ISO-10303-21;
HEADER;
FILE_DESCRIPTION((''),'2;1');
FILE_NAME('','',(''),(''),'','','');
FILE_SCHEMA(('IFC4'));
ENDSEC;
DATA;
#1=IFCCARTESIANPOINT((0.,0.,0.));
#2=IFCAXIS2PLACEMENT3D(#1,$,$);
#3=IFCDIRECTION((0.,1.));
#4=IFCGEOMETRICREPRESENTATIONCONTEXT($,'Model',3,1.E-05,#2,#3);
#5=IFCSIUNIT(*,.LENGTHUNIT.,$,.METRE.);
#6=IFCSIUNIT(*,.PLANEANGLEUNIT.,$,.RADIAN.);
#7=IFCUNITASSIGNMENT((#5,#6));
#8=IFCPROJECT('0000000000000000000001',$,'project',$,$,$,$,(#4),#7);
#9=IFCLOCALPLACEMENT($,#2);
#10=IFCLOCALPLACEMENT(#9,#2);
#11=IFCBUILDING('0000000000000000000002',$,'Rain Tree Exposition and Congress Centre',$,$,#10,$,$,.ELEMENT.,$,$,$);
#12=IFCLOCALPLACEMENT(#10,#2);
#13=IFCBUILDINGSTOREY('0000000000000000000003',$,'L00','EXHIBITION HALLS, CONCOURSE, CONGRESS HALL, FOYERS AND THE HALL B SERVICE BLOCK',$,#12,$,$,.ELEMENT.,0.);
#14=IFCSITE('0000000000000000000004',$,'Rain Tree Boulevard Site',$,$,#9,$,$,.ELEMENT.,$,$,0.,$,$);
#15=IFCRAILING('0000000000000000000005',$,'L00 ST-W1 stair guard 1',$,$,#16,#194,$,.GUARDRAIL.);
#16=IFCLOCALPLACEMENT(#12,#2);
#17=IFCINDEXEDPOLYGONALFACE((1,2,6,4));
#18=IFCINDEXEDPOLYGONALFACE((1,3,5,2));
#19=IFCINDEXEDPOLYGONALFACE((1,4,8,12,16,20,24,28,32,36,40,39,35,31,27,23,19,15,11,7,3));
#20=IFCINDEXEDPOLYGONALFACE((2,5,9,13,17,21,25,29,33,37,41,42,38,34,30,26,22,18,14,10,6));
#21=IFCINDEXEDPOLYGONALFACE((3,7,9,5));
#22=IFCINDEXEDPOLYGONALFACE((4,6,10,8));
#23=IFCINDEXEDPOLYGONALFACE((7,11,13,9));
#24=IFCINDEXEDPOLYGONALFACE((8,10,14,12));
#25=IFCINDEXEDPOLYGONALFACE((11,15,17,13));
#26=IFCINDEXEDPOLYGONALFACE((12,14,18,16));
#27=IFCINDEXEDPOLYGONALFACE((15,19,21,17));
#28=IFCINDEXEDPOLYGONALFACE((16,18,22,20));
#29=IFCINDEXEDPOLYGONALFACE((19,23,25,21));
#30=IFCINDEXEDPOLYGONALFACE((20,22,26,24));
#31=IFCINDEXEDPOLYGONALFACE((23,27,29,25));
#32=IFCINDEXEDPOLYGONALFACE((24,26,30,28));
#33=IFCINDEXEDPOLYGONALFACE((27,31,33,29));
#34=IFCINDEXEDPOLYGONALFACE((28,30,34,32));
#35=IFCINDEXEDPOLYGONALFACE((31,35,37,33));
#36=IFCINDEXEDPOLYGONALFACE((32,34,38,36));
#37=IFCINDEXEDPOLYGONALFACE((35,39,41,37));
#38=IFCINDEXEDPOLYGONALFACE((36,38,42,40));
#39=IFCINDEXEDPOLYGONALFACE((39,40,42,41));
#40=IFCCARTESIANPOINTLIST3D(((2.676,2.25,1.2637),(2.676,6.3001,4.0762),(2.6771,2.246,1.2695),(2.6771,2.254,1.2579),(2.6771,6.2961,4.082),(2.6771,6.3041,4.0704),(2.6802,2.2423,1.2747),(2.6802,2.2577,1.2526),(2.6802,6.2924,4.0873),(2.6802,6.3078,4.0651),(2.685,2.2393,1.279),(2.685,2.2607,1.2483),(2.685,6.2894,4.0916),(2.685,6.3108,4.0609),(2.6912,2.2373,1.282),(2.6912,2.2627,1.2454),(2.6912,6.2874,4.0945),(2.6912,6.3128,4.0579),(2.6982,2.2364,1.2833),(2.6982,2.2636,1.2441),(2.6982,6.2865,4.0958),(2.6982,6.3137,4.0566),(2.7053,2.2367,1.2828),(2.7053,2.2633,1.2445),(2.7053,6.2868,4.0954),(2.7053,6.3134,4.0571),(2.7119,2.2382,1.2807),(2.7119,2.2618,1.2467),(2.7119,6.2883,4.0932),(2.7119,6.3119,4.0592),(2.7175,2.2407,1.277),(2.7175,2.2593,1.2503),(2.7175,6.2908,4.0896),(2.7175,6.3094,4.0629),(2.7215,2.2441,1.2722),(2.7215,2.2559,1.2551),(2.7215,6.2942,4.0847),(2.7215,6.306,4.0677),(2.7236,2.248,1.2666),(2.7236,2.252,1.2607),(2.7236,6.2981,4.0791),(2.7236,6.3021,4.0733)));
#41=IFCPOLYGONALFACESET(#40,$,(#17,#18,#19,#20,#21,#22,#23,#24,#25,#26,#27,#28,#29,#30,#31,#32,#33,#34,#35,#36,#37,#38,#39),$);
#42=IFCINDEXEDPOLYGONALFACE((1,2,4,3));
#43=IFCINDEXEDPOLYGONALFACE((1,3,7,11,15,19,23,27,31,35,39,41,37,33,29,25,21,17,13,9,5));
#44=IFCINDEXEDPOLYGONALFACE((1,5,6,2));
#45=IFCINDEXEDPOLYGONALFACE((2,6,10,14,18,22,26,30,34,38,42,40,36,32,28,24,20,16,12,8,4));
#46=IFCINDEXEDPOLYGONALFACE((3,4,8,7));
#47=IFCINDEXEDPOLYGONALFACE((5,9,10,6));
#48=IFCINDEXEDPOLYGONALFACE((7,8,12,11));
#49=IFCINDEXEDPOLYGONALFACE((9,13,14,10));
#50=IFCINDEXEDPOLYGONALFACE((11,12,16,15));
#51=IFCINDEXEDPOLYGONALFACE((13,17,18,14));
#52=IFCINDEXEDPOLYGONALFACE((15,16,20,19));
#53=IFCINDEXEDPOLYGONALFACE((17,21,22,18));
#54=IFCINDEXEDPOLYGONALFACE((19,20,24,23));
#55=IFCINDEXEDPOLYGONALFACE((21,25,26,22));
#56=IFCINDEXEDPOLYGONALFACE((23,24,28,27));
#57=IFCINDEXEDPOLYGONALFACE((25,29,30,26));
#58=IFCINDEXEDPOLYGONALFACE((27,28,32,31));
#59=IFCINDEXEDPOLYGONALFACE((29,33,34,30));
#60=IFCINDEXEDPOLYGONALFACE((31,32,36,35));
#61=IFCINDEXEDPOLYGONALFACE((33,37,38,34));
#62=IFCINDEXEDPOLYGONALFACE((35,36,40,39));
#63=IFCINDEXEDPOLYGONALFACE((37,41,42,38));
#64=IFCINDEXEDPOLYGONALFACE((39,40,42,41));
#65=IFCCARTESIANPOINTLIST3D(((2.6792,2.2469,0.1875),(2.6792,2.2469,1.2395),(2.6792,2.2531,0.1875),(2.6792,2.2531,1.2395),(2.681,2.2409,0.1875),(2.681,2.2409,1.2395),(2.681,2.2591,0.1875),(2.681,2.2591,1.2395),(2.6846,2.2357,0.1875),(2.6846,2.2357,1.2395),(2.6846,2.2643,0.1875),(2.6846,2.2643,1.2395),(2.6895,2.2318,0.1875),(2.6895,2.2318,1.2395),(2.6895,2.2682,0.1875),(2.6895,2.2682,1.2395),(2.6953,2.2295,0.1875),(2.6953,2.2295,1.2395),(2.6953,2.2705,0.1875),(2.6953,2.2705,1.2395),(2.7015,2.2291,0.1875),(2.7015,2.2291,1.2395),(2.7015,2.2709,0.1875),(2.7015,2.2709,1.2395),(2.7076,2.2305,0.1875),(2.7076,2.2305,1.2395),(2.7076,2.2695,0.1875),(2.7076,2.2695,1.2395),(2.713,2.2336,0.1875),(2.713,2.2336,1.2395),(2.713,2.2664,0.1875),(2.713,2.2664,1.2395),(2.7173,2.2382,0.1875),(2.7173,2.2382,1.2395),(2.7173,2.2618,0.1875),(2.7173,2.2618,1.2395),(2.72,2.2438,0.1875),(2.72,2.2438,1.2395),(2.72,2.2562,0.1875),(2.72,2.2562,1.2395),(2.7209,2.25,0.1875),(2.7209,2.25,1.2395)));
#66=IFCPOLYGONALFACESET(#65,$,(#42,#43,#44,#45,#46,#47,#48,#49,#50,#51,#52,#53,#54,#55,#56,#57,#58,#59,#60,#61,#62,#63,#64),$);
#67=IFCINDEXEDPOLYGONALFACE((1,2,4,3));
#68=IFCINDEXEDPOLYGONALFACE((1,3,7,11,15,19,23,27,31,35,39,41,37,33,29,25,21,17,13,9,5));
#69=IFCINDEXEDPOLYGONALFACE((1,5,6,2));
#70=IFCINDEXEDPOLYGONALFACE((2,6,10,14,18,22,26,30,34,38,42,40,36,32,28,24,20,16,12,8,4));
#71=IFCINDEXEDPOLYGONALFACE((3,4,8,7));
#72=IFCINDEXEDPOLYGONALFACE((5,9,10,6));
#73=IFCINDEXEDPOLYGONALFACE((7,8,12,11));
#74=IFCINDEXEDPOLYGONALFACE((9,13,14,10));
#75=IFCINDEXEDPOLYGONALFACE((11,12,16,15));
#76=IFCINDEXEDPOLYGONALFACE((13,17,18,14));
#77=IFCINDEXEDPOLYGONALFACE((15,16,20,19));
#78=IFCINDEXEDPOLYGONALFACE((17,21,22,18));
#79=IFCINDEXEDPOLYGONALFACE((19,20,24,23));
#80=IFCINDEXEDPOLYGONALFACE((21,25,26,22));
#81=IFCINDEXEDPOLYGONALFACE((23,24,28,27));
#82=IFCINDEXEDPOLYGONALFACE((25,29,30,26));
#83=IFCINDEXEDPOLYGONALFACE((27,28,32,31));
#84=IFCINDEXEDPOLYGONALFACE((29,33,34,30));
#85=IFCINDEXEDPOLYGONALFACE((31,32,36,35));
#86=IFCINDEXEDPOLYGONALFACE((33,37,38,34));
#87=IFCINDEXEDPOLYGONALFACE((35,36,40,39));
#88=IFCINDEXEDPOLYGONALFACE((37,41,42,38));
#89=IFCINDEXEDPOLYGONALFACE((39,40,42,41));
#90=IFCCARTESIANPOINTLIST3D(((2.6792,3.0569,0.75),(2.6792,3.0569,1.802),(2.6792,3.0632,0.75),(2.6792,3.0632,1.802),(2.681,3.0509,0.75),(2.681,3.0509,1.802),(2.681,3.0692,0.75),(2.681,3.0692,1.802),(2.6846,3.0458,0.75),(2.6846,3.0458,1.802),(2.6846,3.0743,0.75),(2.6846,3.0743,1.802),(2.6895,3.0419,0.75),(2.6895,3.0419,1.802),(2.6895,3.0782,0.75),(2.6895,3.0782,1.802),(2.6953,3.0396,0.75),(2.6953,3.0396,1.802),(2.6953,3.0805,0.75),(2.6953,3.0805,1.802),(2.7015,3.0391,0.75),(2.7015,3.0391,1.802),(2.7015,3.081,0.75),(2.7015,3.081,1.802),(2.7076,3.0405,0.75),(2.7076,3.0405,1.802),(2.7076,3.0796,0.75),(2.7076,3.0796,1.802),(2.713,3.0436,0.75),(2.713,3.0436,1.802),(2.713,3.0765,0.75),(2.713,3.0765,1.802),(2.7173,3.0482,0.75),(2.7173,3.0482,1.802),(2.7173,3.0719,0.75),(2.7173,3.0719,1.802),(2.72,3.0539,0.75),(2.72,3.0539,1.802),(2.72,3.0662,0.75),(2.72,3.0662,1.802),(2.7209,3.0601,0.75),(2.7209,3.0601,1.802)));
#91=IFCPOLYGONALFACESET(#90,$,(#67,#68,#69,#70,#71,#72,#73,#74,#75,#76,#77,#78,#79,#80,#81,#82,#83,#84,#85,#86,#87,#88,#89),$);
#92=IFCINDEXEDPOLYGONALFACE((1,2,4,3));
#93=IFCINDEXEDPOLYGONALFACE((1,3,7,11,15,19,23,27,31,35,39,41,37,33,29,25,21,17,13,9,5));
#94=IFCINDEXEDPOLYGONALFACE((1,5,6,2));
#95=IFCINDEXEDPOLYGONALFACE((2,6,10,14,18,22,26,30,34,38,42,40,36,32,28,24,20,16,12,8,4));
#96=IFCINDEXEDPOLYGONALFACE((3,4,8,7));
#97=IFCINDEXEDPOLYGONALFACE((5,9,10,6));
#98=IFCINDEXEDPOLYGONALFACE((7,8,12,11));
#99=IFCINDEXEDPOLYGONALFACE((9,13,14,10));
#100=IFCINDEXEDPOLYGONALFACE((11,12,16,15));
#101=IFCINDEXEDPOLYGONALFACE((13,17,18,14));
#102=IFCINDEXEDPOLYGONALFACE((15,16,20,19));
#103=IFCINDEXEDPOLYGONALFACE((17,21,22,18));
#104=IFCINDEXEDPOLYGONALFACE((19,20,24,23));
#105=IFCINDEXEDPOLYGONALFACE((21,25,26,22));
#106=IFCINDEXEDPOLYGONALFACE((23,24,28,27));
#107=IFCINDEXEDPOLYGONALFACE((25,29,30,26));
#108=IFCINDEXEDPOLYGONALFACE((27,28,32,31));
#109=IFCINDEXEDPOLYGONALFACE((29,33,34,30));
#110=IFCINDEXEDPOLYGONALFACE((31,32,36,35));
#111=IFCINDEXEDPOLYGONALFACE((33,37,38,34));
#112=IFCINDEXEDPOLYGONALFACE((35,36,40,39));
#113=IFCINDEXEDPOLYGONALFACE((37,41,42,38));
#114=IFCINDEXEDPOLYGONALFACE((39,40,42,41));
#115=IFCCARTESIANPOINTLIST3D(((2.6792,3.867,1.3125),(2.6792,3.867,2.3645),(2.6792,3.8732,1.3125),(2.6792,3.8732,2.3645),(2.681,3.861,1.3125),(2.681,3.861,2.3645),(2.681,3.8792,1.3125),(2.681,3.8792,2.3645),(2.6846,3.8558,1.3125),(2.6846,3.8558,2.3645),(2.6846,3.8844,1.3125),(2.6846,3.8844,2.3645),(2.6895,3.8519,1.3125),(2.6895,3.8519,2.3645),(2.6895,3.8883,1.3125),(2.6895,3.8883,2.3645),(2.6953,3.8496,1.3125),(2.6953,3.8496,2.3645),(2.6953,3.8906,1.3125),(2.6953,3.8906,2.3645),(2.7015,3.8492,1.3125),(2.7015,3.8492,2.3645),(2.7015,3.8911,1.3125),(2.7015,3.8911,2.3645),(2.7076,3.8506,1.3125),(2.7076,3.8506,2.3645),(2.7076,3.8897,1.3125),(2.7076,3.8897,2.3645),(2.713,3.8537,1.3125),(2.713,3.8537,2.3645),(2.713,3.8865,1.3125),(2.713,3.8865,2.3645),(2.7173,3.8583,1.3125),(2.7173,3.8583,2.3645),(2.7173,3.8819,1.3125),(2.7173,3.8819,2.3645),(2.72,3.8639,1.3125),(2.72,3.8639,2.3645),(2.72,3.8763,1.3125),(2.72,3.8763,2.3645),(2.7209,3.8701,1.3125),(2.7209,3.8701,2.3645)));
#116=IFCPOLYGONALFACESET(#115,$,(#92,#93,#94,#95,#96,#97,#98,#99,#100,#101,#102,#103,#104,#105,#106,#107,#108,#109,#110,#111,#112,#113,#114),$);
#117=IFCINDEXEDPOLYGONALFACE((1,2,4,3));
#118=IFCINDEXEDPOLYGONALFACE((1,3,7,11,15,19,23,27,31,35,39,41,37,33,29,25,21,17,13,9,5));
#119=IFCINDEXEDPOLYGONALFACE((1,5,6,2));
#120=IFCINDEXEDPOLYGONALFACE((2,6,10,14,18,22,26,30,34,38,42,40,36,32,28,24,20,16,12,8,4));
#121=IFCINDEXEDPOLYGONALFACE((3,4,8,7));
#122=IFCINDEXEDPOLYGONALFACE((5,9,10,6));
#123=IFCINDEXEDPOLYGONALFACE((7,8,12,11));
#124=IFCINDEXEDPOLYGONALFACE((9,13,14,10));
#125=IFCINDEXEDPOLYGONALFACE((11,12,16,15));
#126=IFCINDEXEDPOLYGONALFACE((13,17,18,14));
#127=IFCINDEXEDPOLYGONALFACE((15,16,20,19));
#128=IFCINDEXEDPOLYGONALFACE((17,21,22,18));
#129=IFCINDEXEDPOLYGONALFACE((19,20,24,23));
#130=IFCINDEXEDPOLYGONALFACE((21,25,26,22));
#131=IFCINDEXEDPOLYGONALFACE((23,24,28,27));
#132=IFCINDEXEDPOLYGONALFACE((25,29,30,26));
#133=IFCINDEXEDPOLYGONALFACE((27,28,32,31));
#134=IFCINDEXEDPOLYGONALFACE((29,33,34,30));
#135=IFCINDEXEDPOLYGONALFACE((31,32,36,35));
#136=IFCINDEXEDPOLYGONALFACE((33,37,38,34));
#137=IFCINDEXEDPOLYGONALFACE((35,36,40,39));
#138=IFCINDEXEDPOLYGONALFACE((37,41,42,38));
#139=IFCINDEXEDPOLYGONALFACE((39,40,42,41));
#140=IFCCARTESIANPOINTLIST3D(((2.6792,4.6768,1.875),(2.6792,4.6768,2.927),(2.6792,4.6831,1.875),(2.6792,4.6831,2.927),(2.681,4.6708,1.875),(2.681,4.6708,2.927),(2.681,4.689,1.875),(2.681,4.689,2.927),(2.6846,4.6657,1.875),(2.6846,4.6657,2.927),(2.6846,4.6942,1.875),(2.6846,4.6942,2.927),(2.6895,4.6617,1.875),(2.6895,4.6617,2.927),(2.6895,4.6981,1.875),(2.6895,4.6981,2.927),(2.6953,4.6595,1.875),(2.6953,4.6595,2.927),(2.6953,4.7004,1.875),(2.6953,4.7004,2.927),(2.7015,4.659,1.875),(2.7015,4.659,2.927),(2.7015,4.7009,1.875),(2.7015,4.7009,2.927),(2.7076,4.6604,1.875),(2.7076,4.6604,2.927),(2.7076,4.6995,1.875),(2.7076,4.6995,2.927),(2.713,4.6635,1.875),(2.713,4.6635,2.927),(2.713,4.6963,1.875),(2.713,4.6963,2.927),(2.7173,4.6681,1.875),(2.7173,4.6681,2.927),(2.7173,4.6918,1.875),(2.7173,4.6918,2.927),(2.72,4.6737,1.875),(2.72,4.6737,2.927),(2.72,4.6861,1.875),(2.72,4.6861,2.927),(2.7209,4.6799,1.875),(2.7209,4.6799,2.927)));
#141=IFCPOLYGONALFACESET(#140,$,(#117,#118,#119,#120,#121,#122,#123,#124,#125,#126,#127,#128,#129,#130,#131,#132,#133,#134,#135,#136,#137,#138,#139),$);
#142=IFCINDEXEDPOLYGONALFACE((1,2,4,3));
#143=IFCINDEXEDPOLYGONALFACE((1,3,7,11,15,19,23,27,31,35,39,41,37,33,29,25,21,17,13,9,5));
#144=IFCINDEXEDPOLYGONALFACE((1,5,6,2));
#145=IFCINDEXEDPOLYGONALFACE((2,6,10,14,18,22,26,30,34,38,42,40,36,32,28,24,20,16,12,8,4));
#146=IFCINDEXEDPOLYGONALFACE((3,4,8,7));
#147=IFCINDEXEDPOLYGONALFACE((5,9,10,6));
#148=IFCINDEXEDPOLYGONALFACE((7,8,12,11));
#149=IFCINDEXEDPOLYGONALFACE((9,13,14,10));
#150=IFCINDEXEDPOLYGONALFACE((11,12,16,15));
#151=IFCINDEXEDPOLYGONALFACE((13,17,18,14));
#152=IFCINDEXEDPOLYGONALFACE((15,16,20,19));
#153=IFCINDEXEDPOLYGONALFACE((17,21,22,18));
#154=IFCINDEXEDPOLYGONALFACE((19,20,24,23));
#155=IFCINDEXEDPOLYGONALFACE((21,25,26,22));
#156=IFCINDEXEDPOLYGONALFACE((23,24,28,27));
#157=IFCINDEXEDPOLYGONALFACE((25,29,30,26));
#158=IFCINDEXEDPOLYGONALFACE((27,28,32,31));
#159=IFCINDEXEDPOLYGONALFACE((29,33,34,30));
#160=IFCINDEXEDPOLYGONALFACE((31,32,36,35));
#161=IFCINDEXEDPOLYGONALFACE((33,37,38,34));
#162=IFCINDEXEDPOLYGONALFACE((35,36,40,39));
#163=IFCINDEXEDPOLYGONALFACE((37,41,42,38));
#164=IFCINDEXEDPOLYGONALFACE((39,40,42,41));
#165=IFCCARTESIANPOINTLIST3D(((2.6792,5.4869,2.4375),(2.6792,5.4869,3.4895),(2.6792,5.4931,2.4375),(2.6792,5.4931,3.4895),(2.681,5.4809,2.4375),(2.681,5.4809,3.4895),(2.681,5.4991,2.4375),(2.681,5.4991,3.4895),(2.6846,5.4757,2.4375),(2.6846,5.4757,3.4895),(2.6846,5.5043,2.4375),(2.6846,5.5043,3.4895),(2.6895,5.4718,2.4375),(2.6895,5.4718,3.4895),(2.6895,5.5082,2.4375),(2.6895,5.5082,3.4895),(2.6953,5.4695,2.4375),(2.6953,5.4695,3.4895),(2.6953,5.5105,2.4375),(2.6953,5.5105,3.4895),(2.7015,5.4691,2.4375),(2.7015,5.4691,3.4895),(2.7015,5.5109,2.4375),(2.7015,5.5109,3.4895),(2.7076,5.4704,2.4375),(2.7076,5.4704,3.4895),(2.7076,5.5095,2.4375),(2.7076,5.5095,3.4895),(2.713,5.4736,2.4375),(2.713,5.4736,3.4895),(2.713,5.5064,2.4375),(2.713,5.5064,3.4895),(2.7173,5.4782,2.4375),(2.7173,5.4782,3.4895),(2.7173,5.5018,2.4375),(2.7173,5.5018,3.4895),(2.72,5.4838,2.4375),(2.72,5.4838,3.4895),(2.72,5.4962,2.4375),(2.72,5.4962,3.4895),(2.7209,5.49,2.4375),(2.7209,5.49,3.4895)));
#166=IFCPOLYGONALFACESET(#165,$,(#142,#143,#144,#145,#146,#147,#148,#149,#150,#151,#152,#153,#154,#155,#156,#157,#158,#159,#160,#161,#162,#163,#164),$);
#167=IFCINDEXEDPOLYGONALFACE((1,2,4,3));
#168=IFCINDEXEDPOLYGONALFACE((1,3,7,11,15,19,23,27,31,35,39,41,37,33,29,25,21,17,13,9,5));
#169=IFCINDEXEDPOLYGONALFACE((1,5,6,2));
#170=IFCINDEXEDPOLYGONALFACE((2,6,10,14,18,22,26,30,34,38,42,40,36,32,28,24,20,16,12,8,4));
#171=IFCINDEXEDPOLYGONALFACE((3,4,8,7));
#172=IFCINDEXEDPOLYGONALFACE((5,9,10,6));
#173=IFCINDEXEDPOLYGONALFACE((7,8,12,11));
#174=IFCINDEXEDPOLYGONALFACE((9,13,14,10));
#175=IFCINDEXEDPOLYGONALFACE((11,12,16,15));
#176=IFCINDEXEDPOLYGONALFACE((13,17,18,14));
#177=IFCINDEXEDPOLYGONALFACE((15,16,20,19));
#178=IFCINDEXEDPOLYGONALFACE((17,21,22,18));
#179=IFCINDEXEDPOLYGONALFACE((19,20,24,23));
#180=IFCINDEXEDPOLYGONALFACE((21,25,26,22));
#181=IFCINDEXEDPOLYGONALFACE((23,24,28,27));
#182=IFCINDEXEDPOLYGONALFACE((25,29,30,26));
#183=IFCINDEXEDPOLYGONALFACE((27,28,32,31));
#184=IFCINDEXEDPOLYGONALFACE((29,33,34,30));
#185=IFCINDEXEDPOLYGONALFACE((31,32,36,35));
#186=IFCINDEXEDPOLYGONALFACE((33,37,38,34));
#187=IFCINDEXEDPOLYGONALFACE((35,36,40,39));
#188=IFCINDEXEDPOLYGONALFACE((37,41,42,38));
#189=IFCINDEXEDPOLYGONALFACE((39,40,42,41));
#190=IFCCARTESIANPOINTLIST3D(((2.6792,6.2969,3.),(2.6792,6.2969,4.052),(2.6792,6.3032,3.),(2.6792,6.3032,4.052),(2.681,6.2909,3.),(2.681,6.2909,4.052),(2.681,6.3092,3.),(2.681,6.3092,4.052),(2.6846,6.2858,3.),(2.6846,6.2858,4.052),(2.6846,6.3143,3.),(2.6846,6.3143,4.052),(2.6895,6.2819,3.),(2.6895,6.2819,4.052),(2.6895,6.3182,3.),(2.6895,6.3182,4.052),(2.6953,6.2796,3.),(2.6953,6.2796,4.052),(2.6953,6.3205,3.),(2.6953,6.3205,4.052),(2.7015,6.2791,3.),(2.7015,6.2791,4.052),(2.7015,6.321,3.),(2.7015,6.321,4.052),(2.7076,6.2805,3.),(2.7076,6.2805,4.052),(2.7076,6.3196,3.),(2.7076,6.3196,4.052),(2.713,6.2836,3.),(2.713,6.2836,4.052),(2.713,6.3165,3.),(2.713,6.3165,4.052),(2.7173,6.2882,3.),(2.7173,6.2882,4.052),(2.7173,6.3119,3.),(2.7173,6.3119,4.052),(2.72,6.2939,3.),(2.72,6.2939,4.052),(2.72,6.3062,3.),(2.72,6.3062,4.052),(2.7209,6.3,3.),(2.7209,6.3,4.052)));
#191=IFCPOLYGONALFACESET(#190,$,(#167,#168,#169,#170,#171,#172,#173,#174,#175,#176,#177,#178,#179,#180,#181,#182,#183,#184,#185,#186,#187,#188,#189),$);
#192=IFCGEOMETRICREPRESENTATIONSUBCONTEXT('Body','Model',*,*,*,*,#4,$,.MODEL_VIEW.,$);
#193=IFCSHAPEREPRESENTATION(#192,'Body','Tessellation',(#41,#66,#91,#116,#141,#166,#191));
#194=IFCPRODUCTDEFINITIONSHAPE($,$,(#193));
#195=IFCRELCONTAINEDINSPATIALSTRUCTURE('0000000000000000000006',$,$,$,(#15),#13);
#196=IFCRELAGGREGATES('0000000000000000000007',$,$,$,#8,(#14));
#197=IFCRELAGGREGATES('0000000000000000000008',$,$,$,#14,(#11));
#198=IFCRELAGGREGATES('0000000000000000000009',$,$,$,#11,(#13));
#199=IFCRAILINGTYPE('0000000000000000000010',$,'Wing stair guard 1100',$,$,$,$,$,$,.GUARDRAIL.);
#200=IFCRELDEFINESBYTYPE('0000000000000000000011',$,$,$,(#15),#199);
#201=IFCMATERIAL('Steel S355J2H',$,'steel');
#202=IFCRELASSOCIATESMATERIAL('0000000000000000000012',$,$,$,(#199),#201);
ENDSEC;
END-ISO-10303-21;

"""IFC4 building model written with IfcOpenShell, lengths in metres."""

from ifc_helpers import new_model, si_unit, direction, frame, origin, origin_2d, place, context, subcontext, project, spatial, circle, extrude, material, type_object, element, save


model = new_model("IFC4")

# Units and contexts
model_context = context("Model", 3, precision=1e-05, world=origin(), true_north=direction((0.0, 1.0)))
body_context = subcontext(model_context, "Body", "Model", "MODEL_VIEW")
ifc_project = project(units=[si_unit("LENGTHUNIT", "METRE"), si_unit("PLANEANGLEUNIT", "RADIAN")], contexts=[model_context])

# Site, building, storey
site_placement = place(None, origin())
site = spatial("IfcSite", under=ifc_project, at=site_placement, Name="Rain Tree Boulevard Site", CompositionType="ELEMENT", RefElevation=0.0)
building_placement = place(site_placement, origin())
building = spatial("IfcBuilding", under=site, at=building_placement, Name="Rain Tree Exposition and Congress Centre", CompositionType="ELEMENT")
storey_placement = place(building_placement, origin())
storey = spatial("IfcBuildingStorey", under=building, at=storey_placement, Name="L00", Description="EXHIBITION HALLS, CONCOURSE, CONGRESS HALL, FOYERS AND THE HALL B SERVICE BLOCK", CompositionType="ELEMENT", Elevation=0.0)

# Railing
ifc_material_1 = material(Name="Steel S355J2H", Category="steel")
railing_type_1 = type_object("IfcRailingType", Name="Wing stair guard 1100", PredefinedType="GUARDRAIL", material=ifc_material_1)
railing_1_placement = place(storey_placement, frame((2.7, 2.25, 0.1875)))
element("IfcRailing", 1, at=railing_1_placement, inside=storey, type_object=railing_type_1, Name="L00 ST-W1 stair guard 1", PredefinedType="GUARDRAIL", context=body_context, shape_type="SweptSolid", body=[
    extrude(circle(Radius=0.0239, at=origin_2d()), frame((0.0, 0.0, 1.0762), z_axis=(0.0, 0.821373, 0.570391), x_axis=(-1.0, 0.0, 0.0)), (0.0, 0.0, 1.0), 4.9309),
    extrude(circle(Radius=0.021, at=origin_2d()), origin(), (0.0, 0.0, 1.0), 1.052),
    extrude(circle(Radius=0.021, at=origin_2d()), frame((0.0, 0.8101, 0.5625)), (0.0, 0.0, 1.0), 1.052),
    extrude(circle(Radius=0.021, at=origin_2d()), frame((0.0, 1.6201, 1.125)), (0.0, 0.0, 1.0), 1.052),
    extrude(circle(Radius=0.021, at=origin_2d()), frame((0.0, 2.4299, 1.6875)), (0.0, 0.0, 1.0), 1.052),
    extrude(circle(Radius=0.021, at=origin_2d()), frame((0.0, 3.24, 2.25)), (0.0, 0.0, 1.0), 1.052),
    extrude(circle(Radius=0.021, at=origin_2d()), frame((0.0, 4.05, 2.8125)), (0.0, 0.0, 1.0), 1.052),
])

save(model, "model.ifc")
